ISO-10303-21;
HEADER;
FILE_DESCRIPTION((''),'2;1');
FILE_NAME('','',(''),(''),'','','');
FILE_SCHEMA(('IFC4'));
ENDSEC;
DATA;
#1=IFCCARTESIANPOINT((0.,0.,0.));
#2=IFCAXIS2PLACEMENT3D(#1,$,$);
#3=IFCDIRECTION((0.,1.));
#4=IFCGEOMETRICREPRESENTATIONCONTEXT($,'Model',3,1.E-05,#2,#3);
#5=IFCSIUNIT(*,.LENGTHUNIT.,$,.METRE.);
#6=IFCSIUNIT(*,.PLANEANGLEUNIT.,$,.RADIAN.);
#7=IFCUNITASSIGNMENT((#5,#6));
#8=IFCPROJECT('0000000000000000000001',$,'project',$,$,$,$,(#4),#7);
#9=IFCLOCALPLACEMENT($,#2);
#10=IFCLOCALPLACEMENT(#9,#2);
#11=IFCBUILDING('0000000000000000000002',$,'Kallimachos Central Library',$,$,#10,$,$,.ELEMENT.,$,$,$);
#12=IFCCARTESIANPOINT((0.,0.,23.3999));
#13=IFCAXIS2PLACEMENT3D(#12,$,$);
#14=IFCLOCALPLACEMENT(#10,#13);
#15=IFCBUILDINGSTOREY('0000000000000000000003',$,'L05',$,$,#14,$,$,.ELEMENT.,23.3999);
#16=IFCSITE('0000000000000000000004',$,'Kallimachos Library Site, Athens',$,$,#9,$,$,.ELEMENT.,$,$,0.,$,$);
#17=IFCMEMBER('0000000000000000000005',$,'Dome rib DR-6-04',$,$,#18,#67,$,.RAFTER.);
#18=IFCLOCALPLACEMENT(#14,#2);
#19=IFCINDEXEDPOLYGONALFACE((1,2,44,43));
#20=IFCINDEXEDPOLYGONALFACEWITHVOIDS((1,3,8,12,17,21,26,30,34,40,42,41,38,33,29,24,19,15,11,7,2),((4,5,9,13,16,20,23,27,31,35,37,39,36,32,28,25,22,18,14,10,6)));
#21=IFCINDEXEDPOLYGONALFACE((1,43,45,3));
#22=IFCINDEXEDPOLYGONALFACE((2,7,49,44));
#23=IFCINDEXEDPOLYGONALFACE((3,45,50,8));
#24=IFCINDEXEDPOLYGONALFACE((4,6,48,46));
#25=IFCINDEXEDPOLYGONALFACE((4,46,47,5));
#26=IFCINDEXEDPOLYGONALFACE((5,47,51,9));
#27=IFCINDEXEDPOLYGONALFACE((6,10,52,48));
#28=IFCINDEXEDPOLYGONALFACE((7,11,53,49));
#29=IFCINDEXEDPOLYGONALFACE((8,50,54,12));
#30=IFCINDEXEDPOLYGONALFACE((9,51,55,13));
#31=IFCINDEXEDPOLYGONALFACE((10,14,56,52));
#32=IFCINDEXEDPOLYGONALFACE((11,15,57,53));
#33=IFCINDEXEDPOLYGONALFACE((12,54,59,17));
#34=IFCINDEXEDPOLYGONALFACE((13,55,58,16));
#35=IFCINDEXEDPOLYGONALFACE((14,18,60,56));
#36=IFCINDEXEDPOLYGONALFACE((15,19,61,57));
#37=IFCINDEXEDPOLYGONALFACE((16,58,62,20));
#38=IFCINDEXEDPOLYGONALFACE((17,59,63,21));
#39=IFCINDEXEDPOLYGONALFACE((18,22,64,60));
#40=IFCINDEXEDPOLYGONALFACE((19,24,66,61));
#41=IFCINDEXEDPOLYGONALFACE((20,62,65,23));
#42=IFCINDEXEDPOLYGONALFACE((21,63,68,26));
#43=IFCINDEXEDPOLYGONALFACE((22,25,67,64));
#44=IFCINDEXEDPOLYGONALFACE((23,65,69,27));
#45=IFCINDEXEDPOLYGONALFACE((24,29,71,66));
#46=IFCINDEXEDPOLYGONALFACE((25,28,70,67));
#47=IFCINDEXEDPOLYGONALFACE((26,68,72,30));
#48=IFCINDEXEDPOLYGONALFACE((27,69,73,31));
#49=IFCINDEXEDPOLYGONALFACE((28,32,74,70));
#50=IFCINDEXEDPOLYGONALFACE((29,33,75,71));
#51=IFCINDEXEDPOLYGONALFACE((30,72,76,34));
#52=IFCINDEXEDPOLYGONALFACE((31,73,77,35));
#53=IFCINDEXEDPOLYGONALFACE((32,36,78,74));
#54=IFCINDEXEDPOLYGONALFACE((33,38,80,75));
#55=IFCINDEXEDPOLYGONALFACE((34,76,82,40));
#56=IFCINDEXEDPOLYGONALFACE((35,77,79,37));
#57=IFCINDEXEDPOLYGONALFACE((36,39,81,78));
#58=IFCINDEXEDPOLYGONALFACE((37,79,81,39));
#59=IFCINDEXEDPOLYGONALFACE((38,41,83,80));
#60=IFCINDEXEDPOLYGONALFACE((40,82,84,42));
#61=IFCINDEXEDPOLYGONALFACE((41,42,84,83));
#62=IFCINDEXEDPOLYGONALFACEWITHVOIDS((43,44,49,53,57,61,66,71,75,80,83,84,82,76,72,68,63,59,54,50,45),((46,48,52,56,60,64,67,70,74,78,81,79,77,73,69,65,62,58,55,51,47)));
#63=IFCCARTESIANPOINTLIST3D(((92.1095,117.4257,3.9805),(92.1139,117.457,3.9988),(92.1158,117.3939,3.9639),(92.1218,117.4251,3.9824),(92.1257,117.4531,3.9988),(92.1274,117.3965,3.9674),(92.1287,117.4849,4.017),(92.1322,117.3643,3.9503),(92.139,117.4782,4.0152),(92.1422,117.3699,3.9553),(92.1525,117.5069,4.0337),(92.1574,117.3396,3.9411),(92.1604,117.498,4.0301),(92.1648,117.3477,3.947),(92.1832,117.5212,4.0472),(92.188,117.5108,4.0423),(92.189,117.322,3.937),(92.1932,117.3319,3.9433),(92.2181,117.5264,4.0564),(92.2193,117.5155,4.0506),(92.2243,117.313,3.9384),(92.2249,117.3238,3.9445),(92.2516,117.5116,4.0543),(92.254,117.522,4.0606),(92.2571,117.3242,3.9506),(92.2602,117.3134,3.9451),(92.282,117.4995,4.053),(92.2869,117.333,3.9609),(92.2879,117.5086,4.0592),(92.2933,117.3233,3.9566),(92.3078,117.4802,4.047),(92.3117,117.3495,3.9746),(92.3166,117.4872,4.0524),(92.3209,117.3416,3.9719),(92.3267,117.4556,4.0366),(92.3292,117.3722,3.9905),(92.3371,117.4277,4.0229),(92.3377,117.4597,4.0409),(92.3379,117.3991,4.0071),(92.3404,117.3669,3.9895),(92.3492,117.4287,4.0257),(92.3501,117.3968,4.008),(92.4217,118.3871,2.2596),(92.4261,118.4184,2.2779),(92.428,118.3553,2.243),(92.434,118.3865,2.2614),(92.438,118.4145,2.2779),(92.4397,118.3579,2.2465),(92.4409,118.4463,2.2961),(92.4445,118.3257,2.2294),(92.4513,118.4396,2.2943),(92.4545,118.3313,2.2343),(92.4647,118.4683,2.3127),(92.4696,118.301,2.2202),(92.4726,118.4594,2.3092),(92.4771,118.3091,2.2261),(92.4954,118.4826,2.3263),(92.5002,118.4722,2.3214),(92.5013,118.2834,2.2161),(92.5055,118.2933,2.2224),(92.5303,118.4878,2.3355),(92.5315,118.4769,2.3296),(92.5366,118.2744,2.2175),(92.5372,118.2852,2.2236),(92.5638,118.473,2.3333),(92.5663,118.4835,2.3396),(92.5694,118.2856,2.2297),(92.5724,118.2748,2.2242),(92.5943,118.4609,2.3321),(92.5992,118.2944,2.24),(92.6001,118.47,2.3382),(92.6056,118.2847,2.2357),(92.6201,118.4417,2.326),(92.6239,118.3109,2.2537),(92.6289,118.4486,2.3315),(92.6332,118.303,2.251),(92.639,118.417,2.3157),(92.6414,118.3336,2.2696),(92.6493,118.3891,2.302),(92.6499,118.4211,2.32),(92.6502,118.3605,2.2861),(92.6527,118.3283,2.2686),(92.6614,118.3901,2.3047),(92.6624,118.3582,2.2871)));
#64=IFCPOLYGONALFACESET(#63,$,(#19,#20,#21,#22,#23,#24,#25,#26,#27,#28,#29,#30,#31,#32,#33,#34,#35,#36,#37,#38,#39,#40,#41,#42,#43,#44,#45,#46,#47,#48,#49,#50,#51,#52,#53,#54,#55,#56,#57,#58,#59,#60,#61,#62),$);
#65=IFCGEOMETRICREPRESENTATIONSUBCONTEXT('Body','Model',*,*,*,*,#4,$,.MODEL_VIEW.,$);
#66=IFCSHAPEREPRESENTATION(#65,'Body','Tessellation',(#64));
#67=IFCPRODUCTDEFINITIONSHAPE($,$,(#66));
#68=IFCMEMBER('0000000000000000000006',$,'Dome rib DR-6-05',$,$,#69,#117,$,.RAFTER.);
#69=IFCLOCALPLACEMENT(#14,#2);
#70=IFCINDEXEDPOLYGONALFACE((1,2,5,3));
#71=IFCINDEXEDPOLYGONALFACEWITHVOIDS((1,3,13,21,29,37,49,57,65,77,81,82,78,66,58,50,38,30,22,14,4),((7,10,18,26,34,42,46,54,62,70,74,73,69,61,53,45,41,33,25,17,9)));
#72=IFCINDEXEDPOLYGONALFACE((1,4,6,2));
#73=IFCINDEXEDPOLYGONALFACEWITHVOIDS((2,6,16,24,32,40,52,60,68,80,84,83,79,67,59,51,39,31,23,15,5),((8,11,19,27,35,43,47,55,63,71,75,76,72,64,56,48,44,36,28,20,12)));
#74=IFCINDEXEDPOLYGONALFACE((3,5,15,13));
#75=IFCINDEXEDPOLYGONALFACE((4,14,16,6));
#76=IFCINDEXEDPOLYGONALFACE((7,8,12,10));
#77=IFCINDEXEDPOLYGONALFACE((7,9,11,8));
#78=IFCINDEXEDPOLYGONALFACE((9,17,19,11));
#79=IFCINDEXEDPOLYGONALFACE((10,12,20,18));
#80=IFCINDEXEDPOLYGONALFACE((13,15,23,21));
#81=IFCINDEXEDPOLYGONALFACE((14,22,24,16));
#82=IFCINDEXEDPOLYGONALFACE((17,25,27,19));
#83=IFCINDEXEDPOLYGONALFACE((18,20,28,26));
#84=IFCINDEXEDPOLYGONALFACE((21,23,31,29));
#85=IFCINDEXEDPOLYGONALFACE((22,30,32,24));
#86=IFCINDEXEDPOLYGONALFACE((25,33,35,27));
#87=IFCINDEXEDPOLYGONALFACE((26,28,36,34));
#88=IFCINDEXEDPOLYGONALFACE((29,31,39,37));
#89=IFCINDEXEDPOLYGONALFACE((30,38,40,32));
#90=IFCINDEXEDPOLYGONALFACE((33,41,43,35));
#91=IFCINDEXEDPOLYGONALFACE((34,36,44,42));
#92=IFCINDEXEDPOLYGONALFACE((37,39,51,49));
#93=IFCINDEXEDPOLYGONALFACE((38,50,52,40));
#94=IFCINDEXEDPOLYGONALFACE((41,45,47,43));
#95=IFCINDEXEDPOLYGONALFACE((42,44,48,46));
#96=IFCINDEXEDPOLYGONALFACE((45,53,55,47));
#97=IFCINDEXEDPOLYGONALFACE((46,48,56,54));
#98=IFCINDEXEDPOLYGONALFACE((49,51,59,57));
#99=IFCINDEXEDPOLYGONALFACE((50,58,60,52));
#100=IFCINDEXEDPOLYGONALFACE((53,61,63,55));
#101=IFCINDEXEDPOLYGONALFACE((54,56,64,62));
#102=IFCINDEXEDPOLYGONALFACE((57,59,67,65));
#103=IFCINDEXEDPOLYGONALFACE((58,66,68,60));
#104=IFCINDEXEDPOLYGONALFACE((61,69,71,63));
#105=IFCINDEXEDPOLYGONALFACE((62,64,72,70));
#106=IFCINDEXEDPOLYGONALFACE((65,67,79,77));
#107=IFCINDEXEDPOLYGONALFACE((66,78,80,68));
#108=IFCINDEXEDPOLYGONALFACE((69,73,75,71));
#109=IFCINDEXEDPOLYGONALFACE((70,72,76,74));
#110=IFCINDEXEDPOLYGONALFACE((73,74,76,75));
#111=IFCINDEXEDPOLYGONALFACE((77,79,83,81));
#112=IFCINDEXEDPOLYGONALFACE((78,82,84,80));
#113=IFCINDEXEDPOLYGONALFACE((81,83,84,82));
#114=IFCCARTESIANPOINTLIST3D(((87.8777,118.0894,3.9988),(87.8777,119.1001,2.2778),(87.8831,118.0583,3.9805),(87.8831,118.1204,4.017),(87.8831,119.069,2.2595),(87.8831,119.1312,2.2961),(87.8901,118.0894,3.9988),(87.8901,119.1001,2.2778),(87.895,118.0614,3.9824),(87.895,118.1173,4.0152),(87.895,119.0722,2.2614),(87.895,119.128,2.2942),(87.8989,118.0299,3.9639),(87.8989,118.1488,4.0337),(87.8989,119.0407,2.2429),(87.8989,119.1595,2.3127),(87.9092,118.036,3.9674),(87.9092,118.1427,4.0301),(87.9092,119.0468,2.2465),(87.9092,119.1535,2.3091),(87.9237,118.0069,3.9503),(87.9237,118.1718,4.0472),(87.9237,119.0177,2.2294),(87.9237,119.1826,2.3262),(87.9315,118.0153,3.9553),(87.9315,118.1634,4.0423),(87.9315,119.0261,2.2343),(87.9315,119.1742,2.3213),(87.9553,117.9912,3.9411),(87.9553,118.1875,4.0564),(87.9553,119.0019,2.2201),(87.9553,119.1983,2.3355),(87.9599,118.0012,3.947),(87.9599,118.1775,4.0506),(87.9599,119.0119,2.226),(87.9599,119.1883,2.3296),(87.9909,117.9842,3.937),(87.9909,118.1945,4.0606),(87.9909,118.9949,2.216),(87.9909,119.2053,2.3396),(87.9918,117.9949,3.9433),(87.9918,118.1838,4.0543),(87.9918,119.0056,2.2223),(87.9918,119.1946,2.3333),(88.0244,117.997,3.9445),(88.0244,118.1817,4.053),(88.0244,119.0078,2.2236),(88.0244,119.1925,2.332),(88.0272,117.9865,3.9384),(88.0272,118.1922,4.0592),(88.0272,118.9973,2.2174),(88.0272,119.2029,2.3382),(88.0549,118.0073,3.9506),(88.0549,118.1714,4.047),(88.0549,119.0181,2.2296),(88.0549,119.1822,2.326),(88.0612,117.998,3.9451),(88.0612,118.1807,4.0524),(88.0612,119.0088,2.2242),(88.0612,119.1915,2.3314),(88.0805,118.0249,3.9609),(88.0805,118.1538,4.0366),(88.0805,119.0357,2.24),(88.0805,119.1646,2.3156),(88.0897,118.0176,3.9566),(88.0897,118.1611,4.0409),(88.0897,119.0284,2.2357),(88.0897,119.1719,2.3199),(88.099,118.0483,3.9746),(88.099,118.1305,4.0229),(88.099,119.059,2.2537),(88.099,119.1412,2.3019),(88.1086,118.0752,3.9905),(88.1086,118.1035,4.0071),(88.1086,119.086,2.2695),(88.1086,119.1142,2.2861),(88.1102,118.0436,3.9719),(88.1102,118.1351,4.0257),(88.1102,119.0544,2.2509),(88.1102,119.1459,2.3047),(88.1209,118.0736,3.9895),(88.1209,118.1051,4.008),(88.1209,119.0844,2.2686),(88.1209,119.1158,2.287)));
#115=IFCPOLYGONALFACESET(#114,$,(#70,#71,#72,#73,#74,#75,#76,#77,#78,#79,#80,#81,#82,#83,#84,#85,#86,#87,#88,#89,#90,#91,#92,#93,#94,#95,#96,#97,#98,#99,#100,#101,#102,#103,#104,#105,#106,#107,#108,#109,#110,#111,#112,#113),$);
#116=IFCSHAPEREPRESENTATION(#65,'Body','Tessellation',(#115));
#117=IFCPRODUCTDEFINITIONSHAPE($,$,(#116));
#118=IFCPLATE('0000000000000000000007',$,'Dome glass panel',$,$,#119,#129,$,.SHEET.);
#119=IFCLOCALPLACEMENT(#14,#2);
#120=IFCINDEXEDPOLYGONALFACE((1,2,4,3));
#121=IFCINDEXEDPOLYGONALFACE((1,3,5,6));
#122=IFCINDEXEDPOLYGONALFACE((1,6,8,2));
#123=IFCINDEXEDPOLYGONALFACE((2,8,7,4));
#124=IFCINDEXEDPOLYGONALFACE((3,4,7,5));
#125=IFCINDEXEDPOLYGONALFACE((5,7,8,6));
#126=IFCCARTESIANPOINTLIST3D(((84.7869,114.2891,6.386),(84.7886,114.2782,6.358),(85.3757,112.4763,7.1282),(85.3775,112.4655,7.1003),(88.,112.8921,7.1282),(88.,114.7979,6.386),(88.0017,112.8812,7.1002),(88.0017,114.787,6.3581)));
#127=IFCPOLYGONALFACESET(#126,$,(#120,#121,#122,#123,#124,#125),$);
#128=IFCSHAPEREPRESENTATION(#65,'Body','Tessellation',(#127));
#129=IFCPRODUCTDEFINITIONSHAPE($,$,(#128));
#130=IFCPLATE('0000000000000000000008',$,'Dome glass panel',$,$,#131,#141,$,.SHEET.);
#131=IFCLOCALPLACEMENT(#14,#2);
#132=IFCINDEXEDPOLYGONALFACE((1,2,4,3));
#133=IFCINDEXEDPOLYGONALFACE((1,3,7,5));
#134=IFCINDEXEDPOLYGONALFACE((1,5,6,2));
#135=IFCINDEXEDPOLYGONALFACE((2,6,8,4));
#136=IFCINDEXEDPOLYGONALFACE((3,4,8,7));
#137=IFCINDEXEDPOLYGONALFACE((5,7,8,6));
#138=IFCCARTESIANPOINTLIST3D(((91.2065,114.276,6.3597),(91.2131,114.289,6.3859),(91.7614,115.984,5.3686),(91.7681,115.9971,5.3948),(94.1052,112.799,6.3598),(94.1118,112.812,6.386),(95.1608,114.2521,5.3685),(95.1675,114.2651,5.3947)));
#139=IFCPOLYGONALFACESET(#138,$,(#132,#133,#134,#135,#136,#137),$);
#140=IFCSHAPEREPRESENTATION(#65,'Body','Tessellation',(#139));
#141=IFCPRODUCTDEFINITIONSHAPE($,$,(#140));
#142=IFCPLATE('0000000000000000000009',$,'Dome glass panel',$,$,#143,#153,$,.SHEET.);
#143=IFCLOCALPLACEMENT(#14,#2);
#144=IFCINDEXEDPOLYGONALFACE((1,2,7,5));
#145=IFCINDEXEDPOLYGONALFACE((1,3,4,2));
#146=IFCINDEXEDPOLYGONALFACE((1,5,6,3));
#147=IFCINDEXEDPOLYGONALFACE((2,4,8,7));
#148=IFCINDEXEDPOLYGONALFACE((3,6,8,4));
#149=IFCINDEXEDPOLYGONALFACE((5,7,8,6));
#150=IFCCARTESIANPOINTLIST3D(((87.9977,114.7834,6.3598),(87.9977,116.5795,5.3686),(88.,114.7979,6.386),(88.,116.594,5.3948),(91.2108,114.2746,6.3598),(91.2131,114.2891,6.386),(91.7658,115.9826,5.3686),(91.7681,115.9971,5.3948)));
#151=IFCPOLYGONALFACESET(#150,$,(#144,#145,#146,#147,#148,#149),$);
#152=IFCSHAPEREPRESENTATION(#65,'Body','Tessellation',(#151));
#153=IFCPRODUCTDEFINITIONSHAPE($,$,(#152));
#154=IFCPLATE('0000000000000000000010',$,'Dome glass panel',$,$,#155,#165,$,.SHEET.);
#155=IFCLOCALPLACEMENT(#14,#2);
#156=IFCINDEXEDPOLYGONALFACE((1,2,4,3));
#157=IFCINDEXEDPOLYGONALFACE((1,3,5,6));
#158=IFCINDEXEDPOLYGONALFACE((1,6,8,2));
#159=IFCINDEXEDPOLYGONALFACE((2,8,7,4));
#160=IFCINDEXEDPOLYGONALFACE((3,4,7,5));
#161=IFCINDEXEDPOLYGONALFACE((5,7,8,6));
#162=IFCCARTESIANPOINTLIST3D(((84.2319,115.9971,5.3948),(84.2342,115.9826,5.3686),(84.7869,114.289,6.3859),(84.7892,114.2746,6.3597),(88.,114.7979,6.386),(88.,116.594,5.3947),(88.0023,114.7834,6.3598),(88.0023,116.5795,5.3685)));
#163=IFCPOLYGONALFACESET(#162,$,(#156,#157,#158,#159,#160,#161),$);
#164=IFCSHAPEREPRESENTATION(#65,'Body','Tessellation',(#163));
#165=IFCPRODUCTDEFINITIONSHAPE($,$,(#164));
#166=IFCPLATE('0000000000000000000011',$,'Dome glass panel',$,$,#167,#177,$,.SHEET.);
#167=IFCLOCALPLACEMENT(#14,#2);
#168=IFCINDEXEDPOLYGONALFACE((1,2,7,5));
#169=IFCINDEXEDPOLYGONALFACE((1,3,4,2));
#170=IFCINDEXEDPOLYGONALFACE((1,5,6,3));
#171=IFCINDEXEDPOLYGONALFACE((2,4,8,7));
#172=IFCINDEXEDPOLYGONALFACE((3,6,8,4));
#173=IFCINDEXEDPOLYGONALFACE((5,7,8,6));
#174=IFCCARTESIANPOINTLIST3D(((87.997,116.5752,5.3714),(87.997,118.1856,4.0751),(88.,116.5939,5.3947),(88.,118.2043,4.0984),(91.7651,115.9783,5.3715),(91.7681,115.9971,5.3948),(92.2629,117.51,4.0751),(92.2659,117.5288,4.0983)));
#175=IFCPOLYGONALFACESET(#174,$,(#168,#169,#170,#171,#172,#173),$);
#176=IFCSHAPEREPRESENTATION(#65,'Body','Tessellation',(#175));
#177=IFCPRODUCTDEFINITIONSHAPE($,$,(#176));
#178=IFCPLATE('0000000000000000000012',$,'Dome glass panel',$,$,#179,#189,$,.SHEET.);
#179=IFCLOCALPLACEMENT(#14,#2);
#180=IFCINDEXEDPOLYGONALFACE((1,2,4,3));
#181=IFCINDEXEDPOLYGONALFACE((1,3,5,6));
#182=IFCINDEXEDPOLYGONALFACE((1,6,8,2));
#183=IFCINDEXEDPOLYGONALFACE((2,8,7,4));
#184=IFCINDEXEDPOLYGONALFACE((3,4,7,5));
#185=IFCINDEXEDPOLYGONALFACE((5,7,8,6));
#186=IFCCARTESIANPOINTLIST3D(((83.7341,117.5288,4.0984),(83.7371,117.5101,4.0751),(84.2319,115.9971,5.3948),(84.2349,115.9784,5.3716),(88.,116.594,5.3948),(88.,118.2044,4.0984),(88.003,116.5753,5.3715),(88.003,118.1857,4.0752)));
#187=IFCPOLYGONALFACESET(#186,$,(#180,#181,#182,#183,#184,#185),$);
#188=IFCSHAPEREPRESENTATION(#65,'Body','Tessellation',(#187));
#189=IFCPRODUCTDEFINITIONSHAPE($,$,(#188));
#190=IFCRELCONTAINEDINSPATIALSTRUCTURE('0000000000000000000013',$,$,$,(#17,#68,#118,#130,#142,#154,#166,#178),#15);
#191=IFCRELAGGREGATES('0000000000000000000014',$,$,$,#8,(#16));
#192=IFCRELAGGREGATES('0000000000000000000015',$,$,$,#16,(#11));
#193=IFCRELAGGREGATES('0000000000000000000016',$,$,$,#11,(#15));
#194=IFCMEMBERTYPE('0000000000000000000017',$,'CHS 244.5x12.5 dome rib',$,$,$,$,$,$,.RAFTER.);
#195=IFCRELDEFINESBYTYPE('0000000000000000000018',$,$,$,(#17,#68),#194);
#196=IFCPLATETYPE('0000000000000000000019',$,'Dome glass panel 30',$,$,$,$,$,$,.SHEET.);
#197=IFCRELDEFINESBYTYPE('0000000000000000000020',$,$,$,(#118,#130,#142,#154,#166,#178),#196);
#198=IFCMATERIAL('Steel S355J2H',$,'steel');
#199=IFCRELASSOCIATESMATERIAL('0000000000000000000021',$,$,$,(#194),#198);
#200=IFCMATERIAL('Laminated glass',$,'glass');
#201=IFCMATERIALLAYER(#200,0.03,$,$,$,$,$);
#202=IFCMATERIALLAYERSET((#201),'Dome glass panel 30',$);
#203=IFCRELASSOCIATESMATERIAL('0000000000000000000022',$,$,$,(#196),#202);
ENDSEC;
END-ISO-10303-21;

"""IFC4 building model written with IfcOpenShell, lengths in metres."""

from ifc_helpers import new_model, si_unit, direction, frame, origin, origin_2d, place, context, subcontext, project, spatial, polyline, hollow_circle, outline, extrude, material, layer, layer_set, material_profile, profile_set, type_object, element, save


model = new_model("IFC4")

# Units and contexts
model_context = context("Model", 3, precision=1e-05, world=origin(), true_north=direction((0.0, 1.0)))
body_context = subcontext(model_context, "Body", "Model", "MODEL_VIEW")
ifc_project = project(units=[si_unit("LENGTHUNIT", "METRE"), si_unit("PLANEANGLEUNIT", "RADIAN")], contexts=[model_context])

# Site, building, storey
site_placement = place(None, origin())
site = spatial("IfcSite", under=ifc_project, at=site_placement, Name="Kallimachos Library Site, Athens", CompositionType="ELEMENT", RefElevation=0.0)
building_placement = place(site_placement, origin())
building = spatial("IfcBuilding", under=site, at=building_placement, Name="Kallimachos Central Library", CompositionType="ELEMENT")
storey_placement = place(building_placement, frame((0.0, 0.0, 23.3999)))
storey = spatial("IfcBuildingStorey", under=building, at=storey_placement, Name="L05", CompositionType="ELEMENT", Elevation=23.3999)

# Members
ifc_material_1 = material(Name="Steel S355J2H", Category="steel")
ifc_material_profile_1 = material_profile(ifc_material_1, hollow_circle(Radius=0.1223, WallThickness=0.0125, at=origin_2d()), Name="CHS 244.5x12.5")
ifc_profile_set_1 = profile_set([ifc_material_profile_1], Name="Steel S355J2H")
member_type_1 = type_object("IfcMemberType", Name="CHS 244.5x12.5 dome rib", PredefinedType="RAFTER", material=ifc_profile_set_1)
for number, where, z_axis, x_axis, name in (
    (1, (92.2302, 117.4192, 3.9988), (0.156451, 0.481707, -0.862254), (-0.951094, 0.3089, 0.0), "Dome rib DR-6-04"),
    (2, (88.0, 118.0894, 3.9988), (0.0, 0.506432, -0.86228), (-1.0, 0.0, 0.0), "Dome rib DR-6-05"),
):
    element("IfcMember", number, at=place(storey_placement, frame(where, z_axis=z_axis, x_axis=x_axis)), inside=storey, type_object=member_type_1, Name=name, PredefinedType="RAFTER", context=body_context, shape_type="SweptSolid", body=[
        extrude(hollow_circle(Radius=0.1223, WallThickness=0.0125, at=origin_2d()), origin(), (0.0, 0.0, 1.0), 1.9958),
    ])

# Plates
ifc_material_2 = material(Name="Laminated glass", Category="glass")
ifc_layer = layer(ifc_material_2, 0.03)
ifc_layer_set = layer_set([ifc_layer], Name="Dome glass panel 30")
plate_type = type_object("IfcPlateType", Name="Dome glass panel 30", PredefinedType="SHEET", material=ifc_layer_set)
plate_1_placement = place(storey_placement, frame((88.0, 112.8921, 7.1282), z_axis=(-0.057379, 0.362277, 0.930303), x_axis=(-0.000001, 0.931838, -0.362875)))
element("IfcPlate", 3, at=plate_1_placement, inside=storey, type_object=plate_type, Name="Dome glass panel", PredefinedType="SHEET", context=body_context, shape_type="SweptSolid", body=[
    extrude(outline(polyline([(0.0, 0.0), (2.0452, 0.0), (1.5711, 3.2184), (-0.3874, 2.6286), (0.0, 0.0)])), origin(), (0.0, 0.0, -1.0), 0.03),
])
plate_2_placement = place(storey_placement, frame((94.1118, 112.812, 6.386), z_axis=(0.221449, 0.434626, 0.872961), x_axis=(0.514585, 0.708325, -0.483196)))
element("IfcPlate", 4, at=plate_2_placement, inside=storey, type_object=plate_type, Name="Dome glass panel", PredefinedType="SHEET", context=body_context, shape_type="SweptSolid", body=[
    extrude(outline(polyline([(0.0, 0.0), (2.0515, 0.0), (1.5289, 3.7792), (-0.4454, 3.2227), (0.0, 0.0)])), origin(), (0.0, 0.0, -1.0), 0.03),
])
plate_3_placement = place(storey_placement, frame((91.2131, 114.2891, 6.386), z_axis=(0.076307, 0.481782, 0.872963), x_axis=(0.270532, 0.832669, -0.483192)))
element("IfcPlate", 5, at=plate_3_placement, inside=storey, type_object=plate_type, Name="Dome glass panel", PredefinedType="SHEET", context=body_context, shape_type="SweptSolid", body=[
    extrude(outline(polyline([(0.0, 0.0), (2.0513, 0.0), (1.5289, 3.7791), (-0.4456, 3.2225), (0.0, 0.0)])), origin(), (0.0, 0.0, -1.0), 0.03),
])
plate_4_placement = place(storey_placement, frame((88.0, 114.7979, 6.386), z_axis=(-0.076307, 0.481782, 0.872963), x_axis=(0.000002, 0.875515, -0.48319)))
element("IfcPlate", 6, at=plate_4_placement, inside=storey, type_object=plate_type, Name="Dome glass panel", PredefinedType="SHEET", context=body_context, shape_type="SweptSolid", body=[
    extrude(outline(polyline([(0.0, 0.0), (2.0515, 0.0), (1.5289, 3.7791), (-0.4455, 3.2225), (0.0, 0.0)])), origin(), (0.0, 0.0, -1.0), 0.03),
])
plate_5_placement = place(storey_placement, frame((91.7681, 115.9971, 5.3948), z_axis=(0.09883, 0.623986, 0.775161), x_axis=(0.240769, 0.740835, -0.627051)))
element("IfcPlate", 7, at=plate_5_placement, inside=storey, type_object=plate_type, Name="Dome glass panel", PredefinedType="SHEET", context=body_context, shape_type="SweptSolid", body=[
    extrude(outline(polyline([(0.0, 0.0), (2.0675, 0.0), (1.5409, 4.2868), (-0.465, 3.7866), (0.0, 0.0)])), origin(), (0.0, 0.0, -1.0), 0.03),
])
plate_6_placement = place(storey_placement, frame((88.0, 116.594, 5.3948), z_axis=(-0.09883, 0.623986, 0.775161), x_axis=(-0.000003, 0.778974, -0.627056)))
element("IfcPlate", 8, at=plate_6_placement, inside=storey, type_object=plate_type, Name="Dome glass panel", PredefinedType="SHEET", context=body_context, shape_type="SweptSolid", body=[
    extrude(outline(polyline([(0.0, 0.0), (2.0673, 0.0), (1.5411, 4.2869), (-0.465, 3.7866), (0.0, 0.0)])), origin(), (0.0, 0.0, -1.0), 0.03),
])

save(model, "model.ifc")
